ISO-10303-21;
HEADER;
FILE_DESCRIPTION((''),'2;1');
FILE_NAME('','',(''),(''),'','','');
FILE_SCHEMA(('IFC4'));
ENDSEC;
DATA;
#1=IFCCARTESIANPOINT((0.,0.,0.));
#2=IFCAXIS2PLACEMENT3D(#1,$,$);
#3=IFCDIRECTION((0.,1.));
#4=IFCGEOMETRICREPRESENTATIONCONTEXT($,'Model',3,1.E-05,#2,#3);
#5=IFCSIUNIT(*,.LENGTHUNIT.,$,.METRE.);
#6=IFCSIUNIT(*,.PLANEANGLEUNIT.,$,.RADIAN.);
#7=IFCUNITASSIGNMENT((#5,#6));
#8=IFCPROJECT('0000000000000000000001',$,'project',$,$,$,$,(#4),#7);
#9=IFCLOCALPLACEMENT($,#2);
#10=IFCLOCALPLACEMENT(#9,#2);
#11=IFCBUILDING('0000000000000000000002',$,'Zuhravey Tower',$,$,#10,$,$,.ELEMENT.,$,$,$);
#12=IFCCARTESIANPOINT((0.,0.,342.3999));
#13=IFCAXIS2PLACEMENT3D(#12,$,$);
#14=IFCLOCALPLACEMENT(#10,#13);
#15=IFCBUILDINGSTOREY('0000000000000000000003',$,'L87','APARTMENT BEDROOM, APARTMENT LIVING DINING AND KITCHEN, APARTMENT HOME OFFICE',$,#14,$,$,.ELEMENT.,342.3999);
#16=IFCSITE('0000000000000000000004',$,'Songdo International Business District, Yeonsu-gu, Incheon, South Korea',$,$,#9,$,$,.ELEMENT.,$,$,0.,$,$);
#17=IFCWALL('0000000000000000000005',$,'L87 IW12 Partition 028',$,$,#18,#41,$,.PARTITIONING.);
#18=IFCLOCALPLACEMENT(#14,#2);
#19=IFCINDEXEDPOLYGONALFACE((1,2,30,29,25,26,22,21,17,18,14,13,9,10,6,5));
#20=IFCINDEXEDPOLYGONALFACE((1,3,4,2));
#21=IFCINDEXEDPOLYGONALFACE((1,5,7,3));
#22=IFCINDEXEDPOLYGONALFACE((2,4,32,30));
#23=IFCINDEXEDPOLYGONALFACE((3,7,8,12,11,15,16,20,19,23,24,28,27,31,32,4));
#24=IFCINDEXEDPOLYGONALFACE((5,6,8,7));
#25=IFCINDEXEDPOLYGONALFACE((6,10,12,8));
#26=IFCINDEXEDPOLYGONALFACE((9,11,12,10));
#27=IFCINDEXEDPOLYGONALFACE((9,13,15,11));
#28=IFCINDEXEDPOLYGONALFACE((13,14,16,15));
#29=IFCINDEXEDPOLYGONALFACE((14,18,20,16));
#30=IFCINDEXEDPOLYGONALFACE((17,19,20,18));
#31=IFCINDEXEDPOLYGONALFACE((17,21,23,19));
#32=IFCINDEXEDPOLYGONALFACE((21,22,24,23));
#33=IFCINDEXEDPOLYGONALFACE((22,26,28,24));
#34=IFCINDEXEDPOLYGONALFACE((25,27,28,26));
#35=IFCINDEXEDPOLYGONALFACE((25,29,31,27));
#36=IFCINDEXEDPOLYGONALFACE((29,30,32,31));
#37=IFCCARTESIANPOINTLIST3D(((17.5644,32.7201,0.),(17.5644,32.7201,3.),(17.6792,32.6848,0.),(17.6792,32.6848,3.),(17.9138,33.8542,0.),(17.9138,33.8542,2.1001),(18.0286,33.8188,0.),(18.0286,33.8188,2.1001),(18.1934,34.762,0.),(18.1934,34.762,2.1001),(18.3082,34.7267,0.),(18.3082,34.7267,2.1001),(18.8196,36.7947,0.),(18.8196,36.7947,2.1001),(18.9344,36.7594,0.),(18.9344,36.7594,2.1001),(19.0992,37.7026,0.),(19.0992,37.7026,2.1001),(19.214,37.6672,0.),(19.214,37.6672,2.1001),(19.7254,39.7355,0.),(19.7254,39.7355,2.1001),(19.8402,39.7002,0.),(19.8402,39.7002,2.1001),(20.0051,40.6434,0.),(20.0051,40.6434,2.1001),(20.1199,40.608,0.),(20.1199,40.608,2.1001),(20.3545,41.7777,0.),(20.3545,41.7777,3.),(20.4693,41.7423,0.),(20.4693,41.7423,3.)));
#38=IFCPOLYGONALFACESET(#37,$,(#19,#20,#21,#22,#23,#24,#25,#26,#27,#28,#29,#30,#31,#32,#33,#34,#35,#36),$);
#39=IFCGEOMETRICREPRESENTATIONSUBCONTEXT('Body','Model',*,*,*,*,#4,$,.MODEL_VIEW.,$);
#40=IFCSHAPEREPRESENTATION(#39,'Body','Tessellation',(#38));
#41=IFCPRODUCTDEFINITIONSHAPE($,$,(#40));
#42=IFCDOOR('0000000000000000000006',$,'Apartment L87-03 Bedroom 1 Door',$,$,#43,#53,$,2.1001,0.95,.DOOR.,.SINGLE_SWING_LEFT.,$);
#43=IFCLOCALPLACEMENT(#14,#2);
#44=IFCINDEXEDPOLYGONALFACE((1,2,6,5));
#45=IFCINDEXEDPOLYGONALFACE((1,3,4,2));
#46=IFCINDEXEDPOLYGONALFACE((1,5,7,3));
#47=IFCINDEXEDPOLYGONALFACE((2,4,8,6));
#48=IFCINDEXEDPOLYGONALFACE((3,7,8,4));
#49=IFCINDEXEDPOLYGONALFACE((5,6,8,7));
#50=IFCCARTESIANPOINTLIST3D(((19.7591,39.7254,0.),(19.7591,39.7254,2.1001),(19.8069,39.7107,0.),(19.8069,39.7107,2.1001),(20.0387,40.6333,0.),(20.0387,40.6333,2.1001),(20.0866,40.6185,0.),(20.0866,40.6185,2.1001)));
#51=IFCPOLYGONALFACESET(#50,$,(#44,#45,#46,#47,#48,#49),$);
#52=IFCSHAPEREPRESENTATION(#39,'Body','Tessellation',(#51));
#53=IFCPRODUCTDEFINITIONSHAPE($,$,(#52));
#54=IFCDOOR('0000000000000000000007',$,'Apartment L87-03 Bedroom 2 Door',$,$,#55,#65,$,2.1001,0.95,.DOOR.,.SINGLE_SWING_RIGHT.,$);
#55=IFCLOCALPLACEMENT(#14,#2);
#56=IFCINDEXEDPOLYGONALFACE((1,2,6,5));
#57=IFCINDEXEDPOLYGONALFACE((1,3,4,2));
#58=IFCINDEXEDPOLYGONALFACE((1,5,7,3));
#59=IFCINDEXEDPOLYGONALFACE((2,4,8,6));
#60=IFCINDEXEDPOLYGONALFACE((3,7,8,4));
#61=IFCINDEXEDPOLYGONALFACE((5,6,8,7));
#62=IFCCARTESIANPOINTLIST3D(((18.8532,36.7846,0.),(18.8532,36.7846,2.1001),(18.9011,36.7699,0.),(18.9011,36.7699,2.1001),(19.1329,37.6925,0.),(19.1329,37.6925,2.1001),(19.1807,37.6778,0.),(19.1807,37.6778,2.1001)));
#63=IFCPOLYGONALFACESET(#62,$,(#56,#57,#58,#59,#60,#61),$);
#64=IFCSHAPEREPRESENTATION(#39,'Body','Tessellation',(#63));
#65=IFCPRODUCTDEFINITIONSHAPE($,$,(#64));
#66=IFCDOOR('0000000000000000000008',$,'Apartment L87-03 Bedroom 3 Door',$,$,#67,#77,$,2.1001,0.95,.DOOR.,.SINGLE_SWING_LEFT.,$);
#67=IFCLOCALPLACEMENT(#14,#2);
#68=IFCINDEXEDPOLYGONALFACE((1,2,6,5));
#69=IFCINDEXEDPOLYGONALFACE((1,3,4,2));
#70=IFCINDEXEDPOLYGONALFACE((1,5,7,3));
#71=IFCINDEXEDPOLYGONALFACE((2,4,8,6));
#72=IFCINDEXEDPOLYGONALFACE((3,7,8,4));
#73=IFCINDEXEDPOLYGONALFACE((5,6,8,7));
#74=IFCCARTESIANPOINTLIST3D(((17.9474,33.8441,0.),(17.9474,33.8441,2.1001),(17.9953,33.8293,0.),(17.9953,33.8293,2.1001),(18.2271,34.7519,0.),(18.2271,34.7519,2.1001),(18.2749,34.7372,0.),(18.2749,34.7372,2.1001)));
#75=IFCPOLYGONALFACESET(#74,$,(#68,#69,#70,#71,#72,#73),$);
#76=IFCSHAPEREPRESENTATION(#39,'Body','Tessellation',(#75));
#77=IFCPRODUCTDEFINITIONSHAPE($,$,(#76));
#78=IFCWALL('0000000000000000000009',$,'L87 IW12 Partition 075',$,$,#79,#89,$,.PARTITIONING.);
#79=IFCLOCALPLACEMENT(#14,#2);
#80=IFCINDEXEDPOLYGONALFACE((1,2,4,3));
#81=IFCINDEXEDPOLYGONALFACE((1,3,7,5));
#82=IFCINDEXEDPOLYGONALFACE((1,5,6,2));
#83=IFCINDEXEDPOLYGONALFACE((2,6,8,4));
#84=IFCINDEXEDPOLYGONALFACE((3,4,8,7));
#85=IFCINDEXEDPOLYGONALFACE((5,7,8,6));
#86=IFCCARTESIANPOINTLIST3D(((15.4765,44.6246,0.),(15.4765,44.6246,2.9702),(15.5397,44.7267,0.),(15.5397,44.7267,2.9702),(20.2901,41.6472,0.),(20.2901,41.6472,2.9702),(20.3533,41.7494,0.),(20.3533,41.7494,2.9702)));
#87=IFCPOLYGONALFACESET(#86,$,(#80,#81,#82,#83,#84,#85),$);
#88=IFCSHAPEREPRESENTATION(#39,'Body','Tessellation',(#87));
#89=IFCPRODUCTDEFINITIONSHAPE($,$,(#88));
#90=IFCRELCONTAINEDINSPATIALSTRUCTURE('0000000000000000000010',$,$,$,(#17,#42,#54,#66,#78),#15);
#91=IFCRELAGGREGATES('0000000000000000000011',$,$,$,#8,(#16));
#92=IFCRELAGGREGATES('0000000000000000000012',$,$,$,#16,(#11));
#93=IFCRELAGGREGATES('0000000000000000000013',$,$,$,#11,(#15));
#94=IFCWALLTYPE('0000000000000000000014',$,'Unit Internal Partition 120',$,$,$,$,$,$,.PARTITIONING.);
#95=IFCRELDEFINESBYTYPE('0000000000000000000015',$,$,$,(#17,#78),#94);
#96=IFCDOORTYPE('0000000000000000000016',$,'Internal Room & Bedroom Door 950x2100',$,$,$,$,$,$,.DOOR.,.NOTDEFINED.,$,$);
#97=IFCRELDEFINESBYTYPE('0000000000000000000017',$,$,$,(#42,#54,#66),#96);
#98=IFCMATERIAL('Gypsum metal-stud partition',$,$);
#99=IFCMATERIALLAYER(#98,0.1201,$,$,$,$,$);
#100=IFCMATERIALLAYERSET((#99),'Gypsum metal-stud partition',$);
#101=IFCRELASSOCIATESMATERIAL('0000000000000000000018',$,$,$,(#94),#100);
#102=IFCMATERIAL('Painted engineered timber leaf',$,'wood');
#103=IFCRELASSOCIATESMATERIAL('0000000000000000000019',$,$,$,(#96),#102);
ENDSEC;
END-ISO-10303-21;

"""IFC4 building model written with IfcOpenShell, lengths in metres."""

from ifc_helpers import new_model, si_unit, direction, frame, frame_2d, origin, place, context, subcontext, project, spatial, rectangle, extrude, material, layer, layer_set, type_object, element, fill, save


model = new_model("IFC4")

# Units and contexts
model_context = context("Model", 3, precision=1e-05, world=origin(), true_north=direction((0.0, 1.0)))
body_context = subcontext(model_context, "Body", "Model", "MODEL_VIEW")
ifc_project = project(units=[si_unit("LENGTHUNIT", "METRE"), si_unit("PLANEANGLEUNIT", "RADIAN")], contexts=[model_context])

# Site, building, storey
site_placement = place(None, origin())
site = spatial("IfcSite", under=ifc_project, at=site_placement, Name="Songdo International Business District, Yeonsu-gu, Incheon, South Korea", CompositionType="ELEMENT", RefElevation=0.0)
building_placement = place(site_placement, origin())
building = spatial("IfcBuilding", under=site, at=building_placement, Name="Zuhravey Tower", CompositionType="ELEMENT")
storey_placement = place(building_placement, frame((0.0, 0.0, 342.3999)))
storey = spatial("IfcBuildingStorey", under=building, at=storey_placement, Name="L87", Description="APARTMENT BEDROOM, APARTMENT LIVING DINING AND KITCHEN, APARTMENT HOME OFFICE", CompositionType="ELEMENT", Elevation=342.3999)

# Wall, openings, doors
ifc_material_1 = material(Name="Gypsum metal-stud partition")
ifc_layer_1 = layer(ifc_material_1, 0.1201)
ifc_layer_set_1 = layer_set([ifc_layer_1], Name="Gypsum metal-stud partition")
wall_type_1 = type_object("IfcWallType", Name="Unit Internal Partition 120", PredefinedType="PARTITIONING", material=ifc_layer_set_1)
wall_1_placement = place(storey_placement, frame((20.4119, 41.76, 0.0), z_axis=(0.0, 0.0, 1.0), x_axis=(-0.294383, -0.955688, 0.0)))
wall_1 = element("IfcWall", 1, at=wall_1_placement, inside=storey, type_object=wall_type_1, Name="L87 IW12 Partition 028", PredefinedType="PARTITIONING", context=body_context, shape_type="SweptSolid", body=[
    extrude(rectangle(XDim=9.4775, YDim=0.1201, at=frame_2d((4.7388, 0.0))), origin(), (0.0, 0.0, 1.0), 3.0),
])
opening_1_placement = place(wall_1_placement, frame((1.1868, 0.0, 0.0)))
opening_1 = element("IfcOpeningElement", 2, at=opening_1_placement, cuts=wall_1, PredefinedType="OPENING", context=body_context, shape_type="SweptSolid", body=[
    extrude(rectangle(XDim=0.95, YDim=2.1001, at=frame_2d((0.4751, 1.05))), frame((0.0, 0.072, 0.0), z_axis=(0.0, -1.0, 0.0), x_axis=(1.0, 0.0, 0.0)), (0.0, 0.0, 1.0), 0.144),
])
opening_2_placement = place(wall_1_placement, frame((4.2639, 0.0, 0.0)))
opening_2 = element("IfcOpeningElement", 3, at=opening_2_placement, cuts=wall_1, PredefinedType="OPENING", context=body_context, shape_type="SweptSolid", body=[
    extrude(rectangle(XDim=0.95, YDim=2.1001, at=frame_2d((0.4751, 1.05))), frame((0.0, 0.072, 0.0), z_axis=(0.0, -1.0, 0.0), x_axis=(1.0, 0.0, 0.0)), (0.0, 0.0, 1.0), 0.144),
])
opening_3_placement = place(wall_1_placement, frame((7.3408, 0.0, 0.0)))
opening_3 = element("IfcOpeningElement", 4, at=opening_3_placement, cuts=wall_1, PredefinedType="OPENING", context=body_context, shape_type="SweptSolid", body=[
    extrude(rectangle(XDim=0.95, YDim=2.1001, at=frame_2d((0.4751, 1.05))), frame((0.0, 0.072, 0.0), z_axis=(0.0, -1.0, 0.0), x_axis=(1.0, 0.0, 0.0)), (0.0, 0.0, 1.0), 0.144),
])
ifc_material_2 = material(Name="Painted engineered timber leaf", Category="wood")
door_type_1 = type_object("IfcDoorType", Name="Internal Room & Bedroom Door 950x2100", OperationType="NOTDEFINED", PredefinedType="DOOR", material=ifc_material_2)
door_1_placement = place(opening_1_placement, frame((0.95, 0.0, 0.0), z_axis=(0.0, 0.0, 1.0), x_axis=(-1.0, 0.0, 0.0)))
door_1 = element("IfcDoor", 5, at=door_1_placement, inside=storey, type_object=door_type_1, Name="Apartment L87-03 Bedroom 1 Door", OperationType="SINGLE_SWING_LEFT", OverallHeight=2.1001, OverallWidth=0.95, PredefinedType="DOOR", context=body_context, shape_type="SweptSolid", body=[
    extrude(rectangle(XDim=0.95, YDim=2.1001, at=frame_2d((0.4751, 1.05))), frame((0.0, 0.0249, 0.0), z_axis=(0.0, -1.0, 0.0), x_axis=(1.0, 0.0, 0.0)), (0.0, 0.0, 1.0), 0.05),
])
fill(opening_1, door_1)
door_2_placement = place(opening_2_placement, frame((0.95, 0.0, 0.0), z_axis=(0.0, 0.0, 1.0), x_axis=(-1.0, 0.0, 0.0)))
door_2 = element("IfcDoor", 6, at=door_2_placement, inside=storey, type_object=door_type_1, Name="Apartment L87-03 Bedroom 2 Door", OperationType="SINGLE_SWING_RIGHT", OverallHeight=2.1001, OverallWidth=0.95, PredefinedType="DOOR", context=body_context, shape_type="SweptSolid", body=[
    extrude(rectangle(XDim=0.95, YDim=2.1001, at=frame_2d((0.4751, 1.05))), frame((0.0, 0.0249, 0.0), z_axis=(0.0, -1.0, 0.0), x_axis=(1.0, 0.0, 0.0)), (0.0, 0.0, 1.0), 0.05),
])
fill(opening_2, door_2)
door_3_placement = place(opening_3_placement, frame((0.95, 0.0, 0.0), z_axis=(0.0, 0.0, 1.0), x_axis=(-1.0, 0.0, 0.0)))
door_3 = element("IfcDoor", 7, at=door_3_placement, inside=storey, type_object=door_type_1, Name="Apartment L87-03 Bedroom 3 Door", OperationType="SINGLE_SWING_LEFT", OverallHeight=2.1001, OverallWidth=0.95, PredefinedType="DOOR", context=body_context, shape_type="SweptSolid", body=[
    extrude(rectangle(XDim=0.95, YDim=2.1001, at=frame_2d((0.4751, 1.05))), frame((0.0, 0.0249, 0.0), z_axis=(0.0, -1.0, 0.0), x_axis=(1.0, 0.0, 0.0)), (0.0, 0.0, 1.0), 0.05),
])
fill(opening_3, door_3)

# Wall
wall_2_placement = place(storey_placement, frame((20.3218, 41.6982, 0.0), z_axis=(0.0, 0.0, 1.0), x_axis=(-0.850461, 0.526038, 0.0)))
element("IfcWall", 8, at=wall_2_placement, inside=storey, type_object=wall_type_1, Name="L87 IW12 Partition 075", PredefinedType="PARTITIONING", context=body_context, shape_type="SweptSolid", body=[
    extrude(rectangle(XDim=5.6599, YDim=0.1201, at=frame_2d((2.8301, 0.0))), origin(), (0.0, 0.0, 1.0), 2.9702),
])

save(model, "model.ifc")
